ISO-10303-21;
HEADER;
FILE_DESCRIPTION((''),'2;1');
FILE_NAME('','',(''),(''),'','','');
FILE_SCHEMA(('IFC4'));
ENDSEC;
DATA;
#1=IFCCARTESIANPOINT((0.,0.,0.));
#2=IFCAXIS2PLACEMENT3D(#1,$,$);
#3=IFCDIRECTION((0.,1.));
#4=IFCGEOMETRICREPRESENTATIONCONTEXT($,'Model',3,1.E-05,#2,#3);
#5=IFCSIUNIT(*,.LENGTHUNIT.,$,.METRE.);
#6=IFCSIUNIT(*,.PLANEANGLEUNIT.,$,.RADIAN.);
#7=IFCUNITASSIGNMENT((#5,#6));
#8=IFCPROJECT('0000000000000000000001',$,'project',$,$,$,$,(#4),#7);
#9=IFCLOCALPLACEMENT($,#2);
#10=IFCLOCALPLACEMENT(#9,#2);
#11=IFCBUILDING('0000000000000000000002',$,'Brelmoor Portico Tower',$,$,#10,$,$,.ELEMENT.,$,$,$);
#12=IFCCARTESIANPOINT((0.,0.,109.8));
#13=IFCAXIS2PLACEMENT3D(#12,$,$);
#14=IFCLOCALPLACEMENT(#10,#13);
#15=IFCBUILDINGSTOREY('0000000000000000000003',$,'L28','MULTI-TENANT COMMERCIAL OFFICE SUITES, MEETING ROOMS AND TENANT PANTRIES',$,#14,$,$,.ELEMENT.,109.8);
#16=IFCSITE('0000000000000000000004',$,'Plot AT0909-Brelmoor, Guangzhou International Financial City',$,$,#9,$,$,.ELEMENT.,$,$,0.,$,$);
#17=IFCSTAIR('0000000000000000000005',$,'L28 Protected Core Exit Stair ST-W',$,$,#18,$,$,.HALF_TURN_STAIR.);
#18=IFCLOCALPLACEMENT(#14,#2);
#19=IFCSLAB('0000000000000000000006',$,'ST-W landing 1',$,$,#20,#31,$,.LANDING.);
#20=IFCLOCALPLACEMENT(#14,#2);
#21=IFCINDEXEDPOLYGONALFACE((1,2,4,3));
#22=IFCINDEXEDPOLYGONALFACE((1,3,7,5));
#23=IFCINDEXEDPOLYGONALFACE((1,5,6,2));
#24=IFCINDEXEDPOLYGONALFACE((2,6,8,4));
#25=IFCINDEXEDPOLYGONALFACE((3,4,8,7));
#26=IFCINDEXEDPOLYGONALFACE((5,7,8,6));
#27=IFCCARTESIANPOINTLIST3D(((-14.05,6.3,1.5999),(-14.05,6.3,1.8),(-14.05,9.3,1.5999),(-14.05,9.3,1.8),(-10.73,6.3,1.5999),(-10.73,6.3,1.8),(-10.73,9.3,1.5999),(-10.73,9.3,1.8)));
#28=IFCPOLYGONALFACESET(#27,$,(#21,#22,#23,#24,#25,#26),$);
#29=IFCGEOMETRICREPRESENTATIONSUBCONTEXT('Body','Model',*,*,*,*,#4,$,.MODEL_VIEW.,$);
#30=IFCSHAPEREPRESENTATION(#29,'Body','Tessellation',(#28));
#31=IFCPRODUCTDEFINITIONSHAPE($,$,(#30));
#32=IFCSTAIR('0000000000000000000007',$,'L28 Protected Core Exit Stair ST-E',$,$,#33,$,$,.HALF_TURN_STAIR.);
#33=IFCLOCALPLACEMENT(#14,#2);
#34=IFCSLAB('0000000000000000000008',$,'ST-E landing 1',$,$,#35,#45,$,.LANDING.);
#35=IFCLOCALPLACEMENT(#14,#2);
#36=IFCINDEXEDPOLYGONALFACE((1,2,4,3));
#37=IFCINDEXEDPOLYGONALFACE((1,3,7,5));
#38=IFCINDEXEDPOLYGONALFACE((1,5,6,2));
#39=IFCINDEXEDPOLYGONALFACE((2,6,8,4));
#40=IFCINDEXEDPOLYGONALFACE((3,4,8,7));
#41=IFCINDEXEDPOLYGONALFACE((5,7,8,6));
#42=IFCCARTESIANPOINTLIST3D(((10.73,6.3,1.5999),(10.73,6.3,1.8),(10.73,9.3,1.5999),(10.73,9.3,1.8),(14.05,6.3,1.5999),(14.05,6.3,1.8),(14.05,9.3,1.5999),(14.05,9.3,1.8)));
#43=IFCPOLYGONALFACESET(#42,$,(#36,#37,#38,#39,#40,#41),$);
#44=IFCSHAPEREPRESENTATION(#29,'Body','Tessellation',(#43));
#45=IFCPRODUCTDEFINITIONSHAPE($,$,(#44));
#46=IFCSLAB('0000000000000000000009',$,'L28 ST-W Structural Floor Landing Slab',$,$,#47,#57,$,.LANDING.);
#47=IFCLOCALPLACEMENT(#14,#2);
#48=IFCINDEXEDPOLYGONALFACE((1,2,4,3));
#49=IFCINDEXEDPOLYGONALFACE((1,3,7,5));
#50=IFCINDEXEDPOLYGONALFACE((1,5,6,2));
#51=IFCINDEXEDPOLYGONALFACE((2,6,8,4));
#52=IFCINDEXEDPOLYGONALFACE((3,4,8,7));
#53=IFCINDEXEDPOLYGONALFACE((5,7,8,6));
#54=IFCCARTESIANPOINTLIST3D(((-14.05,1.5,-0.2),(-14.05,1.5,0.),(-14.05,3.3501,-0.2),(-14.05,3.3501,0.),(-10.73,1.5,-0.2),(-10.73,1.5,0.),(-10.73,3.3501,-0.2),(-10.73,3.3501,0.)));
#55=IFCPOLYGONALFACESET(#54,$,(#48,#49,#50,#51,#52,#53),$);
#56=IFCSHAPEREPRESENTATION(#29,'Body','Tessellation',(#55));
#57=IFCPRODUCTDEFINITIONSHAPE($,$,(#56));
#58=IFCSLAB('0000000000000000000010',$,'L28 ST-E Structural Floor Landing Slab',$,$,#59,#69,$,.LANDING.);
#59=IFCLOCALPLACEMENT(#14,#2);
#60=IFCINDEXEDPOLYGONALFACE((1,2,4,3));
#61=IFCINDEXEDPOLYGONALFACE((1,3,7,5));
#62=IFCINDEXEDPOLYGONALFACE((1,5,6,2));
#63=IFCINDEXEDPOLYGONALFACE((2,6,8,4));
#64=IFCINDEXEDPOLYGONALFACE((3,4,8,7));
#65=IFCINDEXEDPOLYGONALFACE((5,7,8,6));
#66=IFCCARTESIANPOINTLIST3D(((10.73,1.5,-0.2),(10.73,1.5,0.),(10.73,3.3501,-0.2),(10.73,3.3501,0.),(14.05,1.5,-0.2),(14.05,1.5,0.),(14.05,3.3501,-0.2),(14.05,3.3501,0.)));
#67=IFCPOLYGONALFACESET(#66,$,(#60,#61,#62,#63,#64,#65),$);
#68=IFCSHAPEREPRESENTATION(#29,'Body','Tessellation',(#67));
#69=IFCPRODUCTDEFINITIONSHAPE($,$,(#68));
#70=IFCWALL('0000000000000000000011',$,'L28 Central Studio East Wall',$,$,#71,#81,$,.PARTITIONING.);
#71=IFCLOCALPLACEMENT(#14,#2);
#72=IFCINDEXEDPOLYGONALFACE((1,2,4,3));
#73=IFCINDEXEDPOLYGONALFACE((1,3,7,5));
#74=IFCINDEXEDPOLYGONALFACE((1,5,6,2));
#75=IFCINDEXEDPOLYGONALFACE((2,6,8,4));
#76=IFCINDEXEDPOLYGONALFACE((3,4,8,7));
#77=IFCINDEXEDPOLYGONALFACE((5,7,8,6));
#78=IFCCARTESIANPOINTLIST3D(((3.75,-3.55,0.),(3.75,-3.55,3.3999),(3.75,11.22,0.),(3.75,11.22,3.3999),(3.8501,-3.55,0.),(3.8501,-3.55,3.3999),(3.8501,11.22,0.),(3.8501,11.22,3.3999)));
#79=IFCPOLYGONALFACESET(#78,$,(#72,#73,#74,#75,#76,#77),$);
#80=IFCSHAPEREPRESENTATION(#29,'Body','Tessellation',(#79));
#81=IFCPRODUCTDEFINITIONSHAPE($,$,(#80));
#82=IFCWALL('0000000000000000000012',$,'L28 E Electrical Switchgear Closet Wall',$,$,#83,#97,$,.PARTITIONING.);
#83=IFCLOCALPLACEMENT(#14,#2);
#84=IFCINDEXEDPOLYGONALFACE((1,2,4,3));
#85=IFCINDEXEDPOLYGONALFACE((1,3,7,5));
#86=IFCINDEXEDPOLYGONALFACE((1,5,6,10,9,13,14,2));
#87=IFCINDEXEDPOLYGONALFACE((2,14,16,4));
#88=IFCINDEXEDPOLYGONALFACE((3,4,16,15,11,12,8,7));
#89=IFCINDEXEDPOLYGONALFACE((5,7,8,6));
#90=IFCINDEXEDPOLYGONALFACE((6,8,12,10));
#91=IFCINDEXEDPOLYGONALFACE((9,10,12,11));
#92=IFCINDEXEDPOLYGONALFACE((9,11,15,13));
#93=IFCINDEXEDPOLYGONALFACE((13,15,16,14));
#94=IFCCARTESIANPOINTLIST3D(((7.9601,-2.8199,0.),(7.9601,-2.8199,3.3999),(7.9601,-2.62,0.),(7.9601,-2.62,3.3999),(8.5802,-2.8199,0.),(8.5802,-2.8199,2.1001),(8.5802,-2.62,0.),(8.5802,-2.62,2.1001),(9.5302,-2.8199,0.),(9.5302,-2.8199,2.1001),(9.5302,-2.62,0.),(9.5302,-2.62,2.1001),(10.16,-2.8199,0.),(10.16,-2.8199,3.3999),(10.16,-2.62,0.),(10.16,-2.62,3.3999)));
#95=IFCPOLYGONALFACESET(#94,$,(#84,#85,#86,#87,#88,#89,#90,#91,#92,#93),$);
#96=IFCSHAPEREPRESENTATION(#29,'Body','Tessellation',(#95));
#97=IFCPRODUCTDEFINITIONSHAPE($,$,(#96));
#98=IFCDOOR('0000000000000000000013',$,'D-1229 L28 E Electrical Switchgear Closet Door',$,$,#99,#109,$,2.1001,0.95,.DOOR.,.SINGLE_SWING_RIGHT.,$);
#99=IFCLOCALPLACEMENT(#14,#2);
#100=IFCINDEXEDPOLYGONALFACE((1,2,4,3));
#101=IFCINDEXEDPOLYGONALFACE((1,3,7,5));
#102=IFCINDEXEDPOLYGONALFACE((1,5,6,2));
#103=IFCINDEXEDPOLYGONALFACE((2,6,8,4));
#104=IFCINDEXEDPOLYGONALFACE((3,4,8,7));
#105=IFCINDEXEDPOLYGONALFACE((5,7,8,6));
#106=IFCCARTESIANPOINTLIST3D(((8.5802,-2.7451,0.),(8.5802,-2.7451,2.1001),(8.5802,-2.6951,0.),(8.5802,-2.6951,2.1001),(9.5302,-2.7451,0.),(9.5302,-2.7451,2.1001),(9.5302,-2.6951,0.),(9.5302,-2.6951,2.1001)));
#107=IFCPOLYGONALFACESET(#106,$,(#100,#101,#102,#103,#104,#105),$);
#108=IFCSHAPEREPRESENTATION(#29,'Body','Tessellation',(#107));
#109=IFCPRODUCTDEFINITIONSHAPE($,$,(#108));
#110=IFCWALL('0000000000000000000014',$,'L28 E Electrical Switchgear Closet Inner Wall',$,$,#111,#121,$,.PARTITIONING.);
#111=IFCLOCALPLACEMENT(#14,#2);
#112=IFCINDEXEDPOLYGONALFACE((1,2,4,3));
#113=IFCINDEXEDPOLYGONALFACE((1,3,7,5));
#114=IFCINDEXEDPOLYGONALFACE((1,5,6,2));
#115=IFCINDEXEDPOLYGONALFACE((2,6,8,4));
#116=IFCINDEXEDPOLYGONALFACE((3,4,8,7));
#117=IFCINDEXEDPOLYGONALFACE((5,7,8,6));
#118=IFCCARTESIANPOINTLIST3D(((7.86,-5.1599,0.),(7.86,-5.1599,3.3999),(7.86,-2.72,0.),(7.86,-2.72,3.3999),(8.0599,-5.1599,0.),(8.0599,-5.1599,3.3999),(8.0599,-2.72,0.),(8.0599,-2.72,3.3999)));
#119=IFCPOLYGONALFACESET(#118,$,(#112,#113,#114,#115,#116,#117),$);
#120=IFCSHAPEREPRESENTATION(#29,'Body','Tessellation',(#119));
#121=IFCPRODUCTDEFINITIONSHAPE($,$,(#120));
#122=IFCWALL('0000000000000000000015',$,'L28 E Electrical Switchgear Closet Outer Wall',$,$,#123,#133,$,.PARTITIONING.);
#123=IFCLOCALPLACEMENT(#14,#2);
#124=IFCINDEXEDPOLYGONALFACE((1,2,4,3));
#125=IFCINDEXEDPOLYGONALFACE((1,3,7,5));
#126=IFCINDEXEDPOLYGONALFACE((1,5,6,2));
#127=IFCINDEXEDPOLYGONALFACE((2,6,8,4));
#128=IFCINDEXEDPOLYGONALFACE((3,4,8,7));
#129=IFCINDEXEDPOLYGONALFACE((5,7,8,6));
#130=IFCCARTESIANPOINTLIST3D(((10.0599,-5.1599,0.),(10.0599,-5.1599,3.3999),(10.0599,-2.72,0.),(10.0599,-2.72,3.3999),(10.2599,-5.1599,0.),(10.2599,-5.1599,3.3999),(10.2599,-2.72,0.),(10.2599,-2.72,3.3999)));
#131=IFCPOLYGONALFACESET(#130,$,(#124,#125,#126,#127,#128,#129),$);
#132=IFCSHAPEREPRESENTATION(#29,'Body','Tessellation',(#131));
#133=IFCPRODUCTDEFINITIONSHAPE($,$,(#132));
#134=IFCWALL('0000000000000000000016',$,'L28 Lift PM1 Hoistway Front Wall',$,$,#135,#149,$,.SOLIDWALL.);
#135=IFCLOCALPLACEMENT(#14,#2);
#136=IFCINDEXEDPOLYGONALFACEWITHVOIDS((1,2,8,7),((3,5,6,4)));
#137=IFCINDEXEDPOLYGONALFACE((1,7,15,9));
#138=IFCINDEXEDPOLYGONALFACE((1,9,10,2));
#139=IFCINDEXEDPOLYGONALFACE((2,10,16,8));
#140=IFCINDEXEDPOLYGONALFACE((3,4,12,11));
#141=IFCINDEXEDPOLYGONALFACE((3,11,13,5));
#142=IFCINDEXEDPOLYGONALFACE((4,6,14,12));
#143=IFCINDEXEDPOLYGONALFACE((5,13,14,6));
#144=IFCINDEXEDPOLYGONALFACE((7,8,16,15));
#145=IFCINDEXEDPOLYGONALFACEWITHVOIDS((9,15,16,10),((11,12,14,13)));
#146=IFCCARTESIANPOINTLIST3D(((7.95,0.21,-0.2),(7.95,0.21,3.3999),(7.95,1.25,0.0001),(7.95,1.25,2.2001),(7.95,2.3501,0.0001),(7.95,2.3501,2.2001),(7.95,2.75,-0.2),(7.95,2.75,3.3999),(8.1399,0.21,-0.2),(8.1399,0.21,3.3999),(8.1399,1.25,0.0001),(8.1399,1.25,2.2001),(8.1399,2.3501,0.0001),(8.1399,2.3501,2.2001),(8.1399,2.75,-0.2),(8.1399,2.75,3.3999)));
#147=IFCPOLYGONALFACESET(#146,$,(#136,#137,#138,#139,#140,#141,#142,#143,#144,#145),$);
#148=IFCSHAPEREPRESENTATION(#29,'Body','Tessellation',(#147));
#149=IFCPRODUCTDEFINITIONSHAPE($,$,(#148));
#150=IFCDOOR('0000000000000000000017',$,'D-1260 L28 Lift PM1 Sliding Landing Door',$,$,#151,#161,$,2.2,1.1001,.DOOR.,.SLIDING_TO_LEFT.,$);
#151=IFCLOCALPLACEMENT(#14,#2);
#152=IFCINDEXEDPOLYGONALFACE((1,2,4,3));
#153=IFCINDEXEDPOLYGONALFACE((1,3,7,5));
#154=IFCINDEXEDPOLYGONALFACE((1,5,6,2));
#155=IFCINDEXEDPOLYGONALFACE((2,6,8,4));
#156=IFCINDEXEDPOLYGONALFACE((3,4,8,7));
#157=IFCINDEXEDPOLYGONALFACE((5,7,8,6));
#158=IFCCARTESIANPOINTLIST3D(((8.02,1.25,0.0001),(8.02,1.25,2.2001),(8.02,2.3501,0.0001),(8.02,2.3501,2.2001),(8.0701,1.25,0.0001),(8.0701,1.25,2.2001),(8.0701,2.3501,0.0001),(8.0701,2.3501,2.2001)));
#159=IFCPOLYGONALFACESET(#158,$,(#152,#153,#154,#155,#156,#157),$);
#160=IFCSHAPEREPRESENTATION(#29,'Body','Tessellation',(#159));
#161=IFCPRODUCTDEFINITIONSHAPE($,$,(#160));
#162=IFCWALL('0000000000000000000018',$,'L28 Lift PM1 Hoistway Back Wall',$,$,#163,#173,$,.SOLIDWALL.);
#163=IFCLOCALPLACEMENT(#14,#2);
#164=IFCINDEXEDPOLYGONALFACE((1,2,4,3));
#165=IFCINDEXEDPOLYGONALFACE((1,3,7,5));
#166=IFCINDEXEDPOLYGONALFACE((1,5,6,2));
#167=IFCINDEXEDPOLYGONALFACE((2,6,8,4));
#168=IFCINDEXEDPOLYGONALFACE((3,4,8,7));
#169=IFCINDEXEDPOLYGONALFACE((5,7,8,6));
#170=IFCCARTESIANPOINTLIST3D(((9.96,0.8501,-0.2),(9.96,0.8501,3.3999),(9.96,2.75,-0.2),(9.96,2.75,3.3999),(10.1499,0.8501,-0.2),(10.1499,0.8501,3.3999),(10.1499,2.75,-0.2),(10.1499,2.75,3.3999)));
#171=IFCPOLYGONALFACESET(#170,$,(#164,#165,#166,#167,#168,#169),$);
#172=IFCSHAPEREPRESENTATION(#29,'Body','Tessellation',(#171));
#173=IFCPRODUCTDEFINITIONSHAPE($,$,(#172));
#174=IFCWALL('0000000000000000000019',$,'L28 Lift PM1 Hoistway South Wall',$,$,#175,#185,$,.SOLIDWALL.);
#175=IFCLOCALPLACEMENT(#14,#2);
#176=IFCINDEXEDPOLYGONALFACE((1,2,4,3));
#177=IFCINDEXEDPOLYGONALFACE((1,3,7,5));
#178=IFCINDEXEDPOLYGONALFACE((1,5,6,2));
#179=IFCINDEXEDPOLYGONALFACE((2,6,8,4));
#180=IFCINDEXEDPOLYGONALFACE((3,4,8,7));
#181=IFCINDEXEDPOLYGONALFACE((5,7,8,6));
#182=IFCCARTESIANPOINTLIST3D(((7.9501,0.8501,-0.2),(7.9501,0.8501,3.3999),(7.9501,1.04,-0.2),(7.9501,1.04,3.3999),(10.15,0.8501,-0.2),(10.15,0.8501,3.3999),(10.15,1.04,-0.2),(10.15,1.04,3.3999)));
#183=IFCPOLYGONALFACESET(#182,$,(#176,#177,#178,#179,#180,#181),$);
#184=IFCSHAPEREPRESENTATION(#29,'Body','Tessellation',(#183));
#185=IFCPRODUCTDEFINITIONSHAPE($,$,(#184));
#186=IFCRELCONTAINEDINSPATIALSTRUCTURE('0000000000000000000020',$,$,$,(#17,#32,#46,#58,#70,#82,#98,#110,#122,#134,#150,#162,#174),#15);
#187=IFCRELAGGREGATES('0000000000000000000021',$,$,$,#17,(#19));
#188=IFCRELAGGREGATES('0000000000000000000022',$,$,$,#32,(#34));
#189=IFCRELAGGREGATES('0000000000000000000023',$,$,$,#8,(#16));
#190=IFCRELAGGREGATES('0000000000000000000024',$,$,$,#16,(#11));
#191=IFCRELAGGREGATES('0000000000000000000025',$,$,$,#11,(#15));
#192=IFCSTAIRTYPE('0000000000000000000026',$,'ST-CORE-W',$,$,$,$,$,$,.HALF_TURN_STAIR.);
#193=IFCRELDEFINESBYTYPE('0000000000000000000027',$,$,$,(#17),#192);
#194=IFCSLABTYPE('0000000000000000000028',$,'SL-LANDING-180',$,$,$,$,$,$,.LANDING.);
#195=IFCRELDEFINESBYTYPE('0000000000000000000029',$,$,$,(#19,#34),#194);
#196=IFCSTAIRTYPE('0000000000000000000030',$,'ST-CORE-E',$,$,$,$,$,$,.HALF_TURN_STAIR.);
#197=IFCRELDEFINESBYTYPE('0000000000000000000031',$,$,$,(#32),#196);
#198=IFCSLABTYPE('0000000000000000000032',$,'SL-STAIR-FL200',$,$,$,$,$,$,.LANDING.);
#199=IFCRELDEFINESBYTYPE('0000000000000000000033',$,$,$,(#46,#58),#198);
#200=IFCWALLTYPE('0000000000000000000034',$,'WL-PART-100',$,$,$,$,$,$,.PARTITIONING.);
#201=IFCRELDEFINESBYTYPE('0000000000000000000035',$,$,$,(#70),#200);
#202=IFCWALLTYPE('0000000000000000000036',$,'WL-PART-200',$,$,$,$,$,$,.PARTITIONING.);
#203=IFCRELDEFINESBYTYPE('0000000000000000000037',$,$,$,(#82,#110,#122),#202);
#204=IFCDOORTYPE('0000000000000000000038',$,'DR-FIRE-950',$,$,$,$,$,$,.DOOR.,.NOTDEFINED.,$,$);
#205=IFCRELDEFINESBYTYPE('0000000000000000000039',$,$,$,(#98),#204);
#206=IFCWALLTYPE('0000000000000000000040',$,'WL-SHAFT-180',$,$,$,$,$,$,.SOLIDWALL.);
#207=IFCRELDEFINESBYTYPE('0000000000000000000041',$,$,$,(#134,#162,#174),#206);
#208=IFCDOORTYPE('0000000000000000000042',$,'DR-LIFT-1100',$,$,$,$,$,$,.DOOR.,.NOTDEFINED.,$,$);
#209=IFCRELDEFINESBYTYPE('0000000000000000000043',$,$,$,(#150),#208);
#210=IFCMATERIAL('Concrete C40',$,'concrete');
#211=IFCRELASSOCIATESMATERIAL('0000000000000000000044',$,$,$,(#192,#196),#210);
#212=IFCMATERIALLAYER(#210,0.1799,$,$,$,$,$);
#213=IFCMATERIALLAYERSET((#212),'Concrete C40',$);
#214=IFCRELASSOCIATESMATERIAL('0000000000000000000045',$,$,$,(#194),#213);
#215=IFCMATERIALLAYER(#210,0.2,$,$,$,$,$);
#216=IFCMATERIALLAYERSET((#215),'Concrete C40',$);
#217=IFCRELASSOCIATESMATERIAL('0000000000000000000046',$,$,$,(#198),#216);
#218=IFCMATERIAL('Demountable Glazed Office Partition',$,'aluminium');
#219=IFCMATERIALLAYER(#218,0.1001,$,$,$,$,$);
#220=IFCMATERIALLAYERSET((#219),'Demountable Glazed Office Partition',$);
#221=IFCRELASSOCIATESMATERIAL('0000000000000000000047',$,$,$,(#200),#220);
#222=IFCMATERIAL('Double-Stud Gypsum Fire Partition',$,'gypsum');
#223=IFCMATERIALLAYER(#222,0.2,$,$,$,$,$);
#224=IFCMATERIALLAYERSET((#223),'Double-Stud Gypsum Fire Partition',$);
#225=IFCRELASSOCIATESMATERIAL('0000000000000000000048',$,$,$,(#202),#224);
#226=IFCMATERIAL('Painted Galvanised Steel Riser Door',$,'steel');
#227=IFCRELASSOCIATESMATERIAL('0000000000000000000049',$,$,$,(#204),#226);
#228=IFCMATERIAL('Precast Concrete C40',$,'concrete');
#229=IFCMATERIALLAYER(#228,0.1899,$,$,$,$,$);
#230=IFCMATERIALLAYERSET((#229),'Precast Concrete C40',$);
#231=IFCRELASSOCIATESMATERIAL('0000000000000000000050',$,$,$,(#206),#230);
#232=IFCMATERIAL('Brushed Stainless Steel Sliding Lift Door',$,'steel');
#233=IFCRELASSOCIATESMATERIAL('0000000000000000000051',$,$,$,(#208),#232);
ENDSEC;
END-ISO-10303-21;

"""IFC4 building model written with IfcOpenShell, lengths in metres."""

from ifc_helpers import new_model, si_unit, direction, frame, frame_2d, origin, place, context, subcontext, project, spatial, polyline, rectangle, outline, extrude, material, layer, layer_set, type_object, element, fill, aggregate, save


model = new_model("IFC4")

# Units and contexts
model_context = context("Model", 3, precision=1e-05, world=origin(), true_north=direction((0.0, 1.0)))
body_context = subcontext(model_context, "Body", "Model", "MODEL_VIEW")
ifc_project = project(units=[si_unit("LENGTHUNIT", "METRE"), si_unit("PLANEANGLEUNIT", "RADIAN")], contexts=[model_context])

# Site, building, storey
site_placement = place(None, origin())
site = spatial("IfcSite", under=ifc_project, at=site_placement, Name="Plot AT0909-Brelmoor, Guangzhou International Financial City", CompositionType="ELEMENT", RefElevation=0.0)
building_placement = place(site_placement, origin())
building = spatial("IfcBuilding", under=site, at=building_placement, Name="Brelmoor Portico Tower", CompositionType="ELEMENT")
storey_placement = place(building_placement, frame((0.0, 0.0, 109.8)))
storey = spatial("IfcBuildingStorey", under=building, at=storey_placement, Name="L28", Description="MULTI-TENANT COMMERCIAL OFFICE SUITES, MEETING ROOMS AND TENANT PANTRIES", CompositionType="ELEMENT", Elevation=109.8)

# Shared definitions
ifc_material_1 = material(Name="Concrete C40", Category="concrete")

# Stairs, slabs
stair_type_1 = type_object("IfcStairType", Name="ST-CORE-W", PredefinedType="HALF_TURN_STAIR", material=ifc_material_1)
stair_1_placement = place(storey_placement, origin())
stair_1 = element("IfcStair", 1, at=stair_1_placement, inside=storey, type_object=stair_type_1, Name="L28 Protected Core Exit Stair ST-W", PredefinedType="HALF_TURN_STAIR")
ifc_layer_1 = layer(ifc_material_1, 0.1799)
ifc_layer_set_1 = layer_set([ifc_layer_1], Name="Concrete C40")
slab_type_1 = type_object("IfcSlabType", Name="SL-LANDING-180", PredefinedType="LANDING", material=ifc_layer_set_1)
slab_1_placement = place(storey_placement, frame((0.0, 0.0, 1.5999)))
slab_1 = element("IfcSlab", 2, at=slab_1_placement, type_object=slab_type_1, Name="ST-W landing 1", PredefinedType="LANDING", context=body_context, shape_type="SweptSolid", body=[
    extrude(outline(polyline([(-10.73, 6.3), (-10.73, 9.3), (-14.05, 9.3), (-14.05, 6.3), (-10.73, 6.3)])), origin(), (0.0, 0.0, 1.0), 0.2002),
])
aggregate(stair_1, [slab_1])
stair_type_2 = type_object("IfcStairType", Name="ST-CORE-E", PredefinedType="HALF_TURN_STAIR", material=ifc_material_1)
stair_2_placement = place(storey_placement, origin())
stair_2 = element("IfcStair", 3, at=stair_2_placement, inside=storey, type_object=stair_type_2, Name="L28 Protected Core Exit Stair ST-E", PredefinedType="HALF_TURN_STAIR")
slab_2_placement = place(storey_placement, frame((0.0, 0.0, 1.5999)))
slab_2 = element("IfcSlab", 4, at=slab_2_placement, type_object=slab_type_1, Name="ST-E landing 1", PredefinedType="LANDING", context=body_context, shape_type="SweptSolid", body=[
    extrude(outline(polyline([(14.05, 6.3), (14.05, 9.3), (10.73, 9.3), (10.73, 6.3), (14.05, 6.3)])), origin(), (0.0, 0.0, 1.0), 0.2002),
])
aggregate(stair_2, [slab_2])

# Slabs
ifc_layer_2 = layer(ifc_material_1, 0.2)
ifc_layer_set_2 = layer_set([ifc_layer_2], Name="Concrete C40")
slab_type_2 = type_object("IfcSlabType", Name="SL-STAIR-FL200", PredefinedType="LANDING", material=ifc_layer_set_2)
slab_3_placement = place(storey_placement, frame((0.0, 0.0, -0.2)))
element("IfcSlab", 5, at=slab_3_placement, inside=storey, type_object=slab_type_2, Name="L28 ST-W Structural Floor Landing Slab", PredefinedType="LANDING", context=body_context, shape_type="SweptSolid", body=[
    extrude(outline(polyline([(-10.73, 1.5), (-10.73, 3.3501), (-14.05, 3.3501), (-14.05, 1.5), (-10.73, 1.5)])), origin(), (0.0, 0.0, 1.0), 0.2),
])
slab_4_placement = place(storey_placement, frame((0.0, 0.0, -0.2)))
element("IfcSlab", 6, at=slab_4_placement, inside=storey, type_object=slab_type_2, Name="L28 ST-E Structural Floor Landing Slab", PredefinedType="LANDING", context=body_context, shape_type="SweptSolid", body=[
    extrude(outline(polyline([(14.05, 1.5), (14.05, 3.3501), (10.73, 3.3501), (10.73, 1.5), (14.05, 1.5)])), origin(), (0.0, 0.0, 1.0), 0.2),
])

# Wall
ifc_material_2 = material(Name="Demountable Glazed Office Partition", Category="aluminium")
ifc_layer_3 = layer(ifc_material_2, 0.1001)
ifc_layer_set_3 = layer_set([ifc_layer_3], Name="Demountable Glazed Office Partition")
wall_type_1 = type_object("IfcWallType", Name="WL-PART-100", PredefinedType="PARTITIONING", material=ifc_layer_set_3)
wall_1_placement = place(storey_placement, frame((3.8, -3.55, 0.0), z_axis=(0.0, 0.0, 1.0), x_axis=(0.0, 1.0, 0.0)))
element("IfcWall", 7, at=wall_1_placement, inside=storey, type_object=wall_type_1, Name="L28 Central Studio East Wall", PredefinedType="PARTITIONING", context=body_context, shape_type="SweptSolid", body=[
    extrude(rectangle(XDim=14.77, YDim=0.1001, at=frame_2d((7.385, 0.0))), origin(), (0.0, 0.0, 1.0), 3.3999),
])

# Wall, opening, door
ifc_material_3 = material(Name="Double-Stud Gypsum Fire Partition", Category="gypsum")
ifc_layer_4 = layer(ifc_material_3, 0.2)
ifc_layer_set_4 = layer_set([ifc_layer_4], Name="Double-Stud Gypsum Fire Partition")
wall_type_2 = type_object("IfcWallType", Name="WL-PART-200", PredefinedType="PARTITIONING", material=ifc_layer_set_4)
wall_2_placement = place(storey_placement, frame((7.96, -2.72, 0.0), z_axis=(0.0, 0.0, 1.0), x_axis=(1.0, 0.0, 0.0)))
wall_2 = element("IfcWall", 8, at=wall_2_placement, inside=storey, type_object=wall_type_2, Name="L28 E Electrical Switchgear Closet Wall", PredefinedType="PARTITIONING", context=body_context, shape_type="SweptSolid", body=[
    extrude(rectangle(XDim=2.2, YDim=0.2, at=frame_2d((1.1001, 0.0))), origin(), (0.0, 0.0, 1.0), 3.3999),
])
opening_1_placement = place(wall_2_placement, frame((0.6201, 0.0, 0.0)))
opening_1 = element("IfcOpeningElement", 9, at=opening_1_placement, cuts=wall_2, PredefinedType="OPENING", context=body_context, shape_type="SweptSolid", body=[
    extrude(rectangle(XDim=0.95, YDim=2.1001, at=frame_2d((0.4751, 1.05))), frame((0.0, 0.1099, 0.0), z_axis=(0.0, -1.0, 0.0), x_axis=(1.0, 0.0, 0.0)), (0.0, 0.0, 1.0), 0.22),
])
ifc_material_4 = material(Name="Painted Galvanised Steel Riser Door", Category="steel")
door_type_1 = type_object("IfcDoorType", Name="DR-FIRE-950", OperationType="NOTDEFINED", PredefinedType="DOOR", material=ifc_material_4)
door_1_placement = place(opening_1_placement, origin())
door_1 = element("IfcDoor", 10, at=door_1_placement, inside=storey, type_object=door_type_1, Name="D-1229 L28 E Electrical Switchgear Closet Door", OperationType="SINGLE_SWING_RIGHT", OverallHeight=2.1001, OverallWidth=0.95, PredefinedType="DOOR", context=body_context, shape_type="SweptSolid", body=[
    extrude(rectangle(XDim=0.95, YDim=2.1001, at=frame_2d((0.4751, 1.05))), frame((0.0, 0.0249, 0.0), z_axis=(0.0, -1.0, 0.0), x_axis=(1.0, 0.0, 0.0)), (0.0, 0.0, 1.0), 0.05),
])
fill(opening_1, door_1)

# Walls
for number, where, z_axis, x_axis, name in (
    (11, (7.96, -5.1599, 0.0), (0.0, 0.0, 1.0), (0.0, 1.0, 0.0), "L28 E Electrical Switchgear Closet Inner Wall"),
    (12, (10.1599, -5.1599, 0.0), (0.0, 0.0, 1.0), (0.0, 1.0, 0.0), "L28 E Electrical Switchgear Closet Outer Wall"),
):
    element("IfcWall", number, at=place(storey_placement, frame(where, z_axis=z_axis, x_axis=x_axis)), inside=storey, type_object=wall_type_2, Name=name, PredefinedType="PARTITIONING", context=body_context, shape_type="SweptSolid", body=[
        extrude(rectangle(XDim=2.4399, YDim=0.2, at=frame_2d((1.22, 0.0))), origin(), (0.0, 0.0, 1.0), 3.3999),
    ])

# Wall, opening, door
ifc_material_5 = material(Name="Precast Concrete C40", Category="concrete")
ifc_layer_5 = layer(ifc_material_5, 0.1899)
ifc_layer_set_5 = layer_set([ifc_layer_5], Name="Precast Concrete C40")
wall_type_3 = type_object("IfcWallType", Name="WL-SHAFT-180", PredefinedType="SOLIDWALL", material=ifc_layer_set_5)
wall_3_placement = place(storey_placement, frame((8.0449, 0.21, -0.2), z_axis=(0.0, 0.0, 1.0), x_axis=(0.0, 1.0, 0.0)))
wall_3 = element("IfcWall", 13, at=wall_3_placement, inside=storey, type_object=wall_type_3, Name="L28 Lift PM1 Hoistway Front Wall", PredefinedType="SOLIDWALL", context=body_context, shape_type="SweptSolid", body=[
    extrude(rectangle(XDim=2.54, YDim=0.1899, at=frame_2d((1.27, 0.0))), origin(), (0.0, 0.0, 1.0), 3.5999),
])
opening_2_placement = place(wall_3_placement, frame((1.04, 0.0, 0.2)))
opening_2 = element("IfcOpeningElement", 14, at=opening_2_placement, cuts=wall_3, PredefinedType="OPENING", context=body_context, shape_type="SweptSolid", body=[
    extrude(rectangle(XDim=1.1001, YDim=2.2, at=frame_2d((0.55, 1.1001))), frame((0.0, 0.105, 0.0), z_axis=(0.0, -1.0, 0.0), x_axis=(1.0, 0.0, 0.0)), (0.0, 0.0, 1.0), 0.21),
])
ifc_material_6 = material(Name="Brushed Stainless Steel Sliding Lift Door", Category="steel")
door_type_2 = type_object("IfcDoorType", Name="DR-LIFT-1100", OperationType="NOTDEFINED", PredefinedType="DOOR", material=ifc_material_6)
door_2_placement = place(opening_2_placement, origin())
door_2 = element("IfcDoor", 15, at=door_2_placement, inside=storey, type_object=door_type_2, Name="D-1260 L28 Lift PM1 Sliding Landing Door", OperationType="SLIDING_TO_LEFT", OverallHeight=2.2, OverallWidth=1.1001, PredefinedType="DOOR", context=body_context, shape_type="SweptSolid", body=[
    extrude(rectangle(XDim=1.1001, YDim=2.2, at=frame_2d((0.55, 1.1001))), frame((0.0, 0.0249, 0.0), z_axis=(0.0, -1.0, 0.0), x_axis=(1.0, 0.0, 0.0)), (0.0, 0.0, 1.0), 0.05),
])
fill(opening_2, door_2)

# Walls
wall_4_placement = place(storey_placement, frame((10.0549, 0.8501, -0.2), z_axis=(0.0, 0.0, 1.0), x_axis=(0.0, 1.0, 0.0)))
element("IfcWall", 16, at=wall_4_placement, inside=storey, type_object=wall_type_3, Name="L28 Lift PM1 Hoistway Back Wall", PredefinedType="SOLIDWALL", context=body_context, shape_type="SweptSolid", body=[
    extrude(rectangle(XDim=1.8999, YDim=0.1899, at=frame_2d((0.95, 0.0))), origin(), (0.0, 0.0, 1.0), 3.5999),
])
for number, where, z_axis, x_axis, name in (
    (17, (7.95, 0.9451, -0.2), (0.0, 0.0, 1.0), (1.0, 0.0, 0.0), "L28 Lift PM1 Hoistway South Wall"),
):
    element("IfcWall", number, at=place(storey_placement, frame(where, z_axis=z_axis, x_axis=x_axis)), inside=storey, type_object=wall_type_3, Name=name, PredefinedType="SOLIDWALL", context=body_context, shape_type="SweptSolid", body=[
        extrude(rectangle(XDim=2.2, YDim=0.1899, at=frame_2d((1.1001, 0.0))), origin(), (0.0, 0.0, 1.0), 3.5999),
    ])

save(model, "model.ifc")
